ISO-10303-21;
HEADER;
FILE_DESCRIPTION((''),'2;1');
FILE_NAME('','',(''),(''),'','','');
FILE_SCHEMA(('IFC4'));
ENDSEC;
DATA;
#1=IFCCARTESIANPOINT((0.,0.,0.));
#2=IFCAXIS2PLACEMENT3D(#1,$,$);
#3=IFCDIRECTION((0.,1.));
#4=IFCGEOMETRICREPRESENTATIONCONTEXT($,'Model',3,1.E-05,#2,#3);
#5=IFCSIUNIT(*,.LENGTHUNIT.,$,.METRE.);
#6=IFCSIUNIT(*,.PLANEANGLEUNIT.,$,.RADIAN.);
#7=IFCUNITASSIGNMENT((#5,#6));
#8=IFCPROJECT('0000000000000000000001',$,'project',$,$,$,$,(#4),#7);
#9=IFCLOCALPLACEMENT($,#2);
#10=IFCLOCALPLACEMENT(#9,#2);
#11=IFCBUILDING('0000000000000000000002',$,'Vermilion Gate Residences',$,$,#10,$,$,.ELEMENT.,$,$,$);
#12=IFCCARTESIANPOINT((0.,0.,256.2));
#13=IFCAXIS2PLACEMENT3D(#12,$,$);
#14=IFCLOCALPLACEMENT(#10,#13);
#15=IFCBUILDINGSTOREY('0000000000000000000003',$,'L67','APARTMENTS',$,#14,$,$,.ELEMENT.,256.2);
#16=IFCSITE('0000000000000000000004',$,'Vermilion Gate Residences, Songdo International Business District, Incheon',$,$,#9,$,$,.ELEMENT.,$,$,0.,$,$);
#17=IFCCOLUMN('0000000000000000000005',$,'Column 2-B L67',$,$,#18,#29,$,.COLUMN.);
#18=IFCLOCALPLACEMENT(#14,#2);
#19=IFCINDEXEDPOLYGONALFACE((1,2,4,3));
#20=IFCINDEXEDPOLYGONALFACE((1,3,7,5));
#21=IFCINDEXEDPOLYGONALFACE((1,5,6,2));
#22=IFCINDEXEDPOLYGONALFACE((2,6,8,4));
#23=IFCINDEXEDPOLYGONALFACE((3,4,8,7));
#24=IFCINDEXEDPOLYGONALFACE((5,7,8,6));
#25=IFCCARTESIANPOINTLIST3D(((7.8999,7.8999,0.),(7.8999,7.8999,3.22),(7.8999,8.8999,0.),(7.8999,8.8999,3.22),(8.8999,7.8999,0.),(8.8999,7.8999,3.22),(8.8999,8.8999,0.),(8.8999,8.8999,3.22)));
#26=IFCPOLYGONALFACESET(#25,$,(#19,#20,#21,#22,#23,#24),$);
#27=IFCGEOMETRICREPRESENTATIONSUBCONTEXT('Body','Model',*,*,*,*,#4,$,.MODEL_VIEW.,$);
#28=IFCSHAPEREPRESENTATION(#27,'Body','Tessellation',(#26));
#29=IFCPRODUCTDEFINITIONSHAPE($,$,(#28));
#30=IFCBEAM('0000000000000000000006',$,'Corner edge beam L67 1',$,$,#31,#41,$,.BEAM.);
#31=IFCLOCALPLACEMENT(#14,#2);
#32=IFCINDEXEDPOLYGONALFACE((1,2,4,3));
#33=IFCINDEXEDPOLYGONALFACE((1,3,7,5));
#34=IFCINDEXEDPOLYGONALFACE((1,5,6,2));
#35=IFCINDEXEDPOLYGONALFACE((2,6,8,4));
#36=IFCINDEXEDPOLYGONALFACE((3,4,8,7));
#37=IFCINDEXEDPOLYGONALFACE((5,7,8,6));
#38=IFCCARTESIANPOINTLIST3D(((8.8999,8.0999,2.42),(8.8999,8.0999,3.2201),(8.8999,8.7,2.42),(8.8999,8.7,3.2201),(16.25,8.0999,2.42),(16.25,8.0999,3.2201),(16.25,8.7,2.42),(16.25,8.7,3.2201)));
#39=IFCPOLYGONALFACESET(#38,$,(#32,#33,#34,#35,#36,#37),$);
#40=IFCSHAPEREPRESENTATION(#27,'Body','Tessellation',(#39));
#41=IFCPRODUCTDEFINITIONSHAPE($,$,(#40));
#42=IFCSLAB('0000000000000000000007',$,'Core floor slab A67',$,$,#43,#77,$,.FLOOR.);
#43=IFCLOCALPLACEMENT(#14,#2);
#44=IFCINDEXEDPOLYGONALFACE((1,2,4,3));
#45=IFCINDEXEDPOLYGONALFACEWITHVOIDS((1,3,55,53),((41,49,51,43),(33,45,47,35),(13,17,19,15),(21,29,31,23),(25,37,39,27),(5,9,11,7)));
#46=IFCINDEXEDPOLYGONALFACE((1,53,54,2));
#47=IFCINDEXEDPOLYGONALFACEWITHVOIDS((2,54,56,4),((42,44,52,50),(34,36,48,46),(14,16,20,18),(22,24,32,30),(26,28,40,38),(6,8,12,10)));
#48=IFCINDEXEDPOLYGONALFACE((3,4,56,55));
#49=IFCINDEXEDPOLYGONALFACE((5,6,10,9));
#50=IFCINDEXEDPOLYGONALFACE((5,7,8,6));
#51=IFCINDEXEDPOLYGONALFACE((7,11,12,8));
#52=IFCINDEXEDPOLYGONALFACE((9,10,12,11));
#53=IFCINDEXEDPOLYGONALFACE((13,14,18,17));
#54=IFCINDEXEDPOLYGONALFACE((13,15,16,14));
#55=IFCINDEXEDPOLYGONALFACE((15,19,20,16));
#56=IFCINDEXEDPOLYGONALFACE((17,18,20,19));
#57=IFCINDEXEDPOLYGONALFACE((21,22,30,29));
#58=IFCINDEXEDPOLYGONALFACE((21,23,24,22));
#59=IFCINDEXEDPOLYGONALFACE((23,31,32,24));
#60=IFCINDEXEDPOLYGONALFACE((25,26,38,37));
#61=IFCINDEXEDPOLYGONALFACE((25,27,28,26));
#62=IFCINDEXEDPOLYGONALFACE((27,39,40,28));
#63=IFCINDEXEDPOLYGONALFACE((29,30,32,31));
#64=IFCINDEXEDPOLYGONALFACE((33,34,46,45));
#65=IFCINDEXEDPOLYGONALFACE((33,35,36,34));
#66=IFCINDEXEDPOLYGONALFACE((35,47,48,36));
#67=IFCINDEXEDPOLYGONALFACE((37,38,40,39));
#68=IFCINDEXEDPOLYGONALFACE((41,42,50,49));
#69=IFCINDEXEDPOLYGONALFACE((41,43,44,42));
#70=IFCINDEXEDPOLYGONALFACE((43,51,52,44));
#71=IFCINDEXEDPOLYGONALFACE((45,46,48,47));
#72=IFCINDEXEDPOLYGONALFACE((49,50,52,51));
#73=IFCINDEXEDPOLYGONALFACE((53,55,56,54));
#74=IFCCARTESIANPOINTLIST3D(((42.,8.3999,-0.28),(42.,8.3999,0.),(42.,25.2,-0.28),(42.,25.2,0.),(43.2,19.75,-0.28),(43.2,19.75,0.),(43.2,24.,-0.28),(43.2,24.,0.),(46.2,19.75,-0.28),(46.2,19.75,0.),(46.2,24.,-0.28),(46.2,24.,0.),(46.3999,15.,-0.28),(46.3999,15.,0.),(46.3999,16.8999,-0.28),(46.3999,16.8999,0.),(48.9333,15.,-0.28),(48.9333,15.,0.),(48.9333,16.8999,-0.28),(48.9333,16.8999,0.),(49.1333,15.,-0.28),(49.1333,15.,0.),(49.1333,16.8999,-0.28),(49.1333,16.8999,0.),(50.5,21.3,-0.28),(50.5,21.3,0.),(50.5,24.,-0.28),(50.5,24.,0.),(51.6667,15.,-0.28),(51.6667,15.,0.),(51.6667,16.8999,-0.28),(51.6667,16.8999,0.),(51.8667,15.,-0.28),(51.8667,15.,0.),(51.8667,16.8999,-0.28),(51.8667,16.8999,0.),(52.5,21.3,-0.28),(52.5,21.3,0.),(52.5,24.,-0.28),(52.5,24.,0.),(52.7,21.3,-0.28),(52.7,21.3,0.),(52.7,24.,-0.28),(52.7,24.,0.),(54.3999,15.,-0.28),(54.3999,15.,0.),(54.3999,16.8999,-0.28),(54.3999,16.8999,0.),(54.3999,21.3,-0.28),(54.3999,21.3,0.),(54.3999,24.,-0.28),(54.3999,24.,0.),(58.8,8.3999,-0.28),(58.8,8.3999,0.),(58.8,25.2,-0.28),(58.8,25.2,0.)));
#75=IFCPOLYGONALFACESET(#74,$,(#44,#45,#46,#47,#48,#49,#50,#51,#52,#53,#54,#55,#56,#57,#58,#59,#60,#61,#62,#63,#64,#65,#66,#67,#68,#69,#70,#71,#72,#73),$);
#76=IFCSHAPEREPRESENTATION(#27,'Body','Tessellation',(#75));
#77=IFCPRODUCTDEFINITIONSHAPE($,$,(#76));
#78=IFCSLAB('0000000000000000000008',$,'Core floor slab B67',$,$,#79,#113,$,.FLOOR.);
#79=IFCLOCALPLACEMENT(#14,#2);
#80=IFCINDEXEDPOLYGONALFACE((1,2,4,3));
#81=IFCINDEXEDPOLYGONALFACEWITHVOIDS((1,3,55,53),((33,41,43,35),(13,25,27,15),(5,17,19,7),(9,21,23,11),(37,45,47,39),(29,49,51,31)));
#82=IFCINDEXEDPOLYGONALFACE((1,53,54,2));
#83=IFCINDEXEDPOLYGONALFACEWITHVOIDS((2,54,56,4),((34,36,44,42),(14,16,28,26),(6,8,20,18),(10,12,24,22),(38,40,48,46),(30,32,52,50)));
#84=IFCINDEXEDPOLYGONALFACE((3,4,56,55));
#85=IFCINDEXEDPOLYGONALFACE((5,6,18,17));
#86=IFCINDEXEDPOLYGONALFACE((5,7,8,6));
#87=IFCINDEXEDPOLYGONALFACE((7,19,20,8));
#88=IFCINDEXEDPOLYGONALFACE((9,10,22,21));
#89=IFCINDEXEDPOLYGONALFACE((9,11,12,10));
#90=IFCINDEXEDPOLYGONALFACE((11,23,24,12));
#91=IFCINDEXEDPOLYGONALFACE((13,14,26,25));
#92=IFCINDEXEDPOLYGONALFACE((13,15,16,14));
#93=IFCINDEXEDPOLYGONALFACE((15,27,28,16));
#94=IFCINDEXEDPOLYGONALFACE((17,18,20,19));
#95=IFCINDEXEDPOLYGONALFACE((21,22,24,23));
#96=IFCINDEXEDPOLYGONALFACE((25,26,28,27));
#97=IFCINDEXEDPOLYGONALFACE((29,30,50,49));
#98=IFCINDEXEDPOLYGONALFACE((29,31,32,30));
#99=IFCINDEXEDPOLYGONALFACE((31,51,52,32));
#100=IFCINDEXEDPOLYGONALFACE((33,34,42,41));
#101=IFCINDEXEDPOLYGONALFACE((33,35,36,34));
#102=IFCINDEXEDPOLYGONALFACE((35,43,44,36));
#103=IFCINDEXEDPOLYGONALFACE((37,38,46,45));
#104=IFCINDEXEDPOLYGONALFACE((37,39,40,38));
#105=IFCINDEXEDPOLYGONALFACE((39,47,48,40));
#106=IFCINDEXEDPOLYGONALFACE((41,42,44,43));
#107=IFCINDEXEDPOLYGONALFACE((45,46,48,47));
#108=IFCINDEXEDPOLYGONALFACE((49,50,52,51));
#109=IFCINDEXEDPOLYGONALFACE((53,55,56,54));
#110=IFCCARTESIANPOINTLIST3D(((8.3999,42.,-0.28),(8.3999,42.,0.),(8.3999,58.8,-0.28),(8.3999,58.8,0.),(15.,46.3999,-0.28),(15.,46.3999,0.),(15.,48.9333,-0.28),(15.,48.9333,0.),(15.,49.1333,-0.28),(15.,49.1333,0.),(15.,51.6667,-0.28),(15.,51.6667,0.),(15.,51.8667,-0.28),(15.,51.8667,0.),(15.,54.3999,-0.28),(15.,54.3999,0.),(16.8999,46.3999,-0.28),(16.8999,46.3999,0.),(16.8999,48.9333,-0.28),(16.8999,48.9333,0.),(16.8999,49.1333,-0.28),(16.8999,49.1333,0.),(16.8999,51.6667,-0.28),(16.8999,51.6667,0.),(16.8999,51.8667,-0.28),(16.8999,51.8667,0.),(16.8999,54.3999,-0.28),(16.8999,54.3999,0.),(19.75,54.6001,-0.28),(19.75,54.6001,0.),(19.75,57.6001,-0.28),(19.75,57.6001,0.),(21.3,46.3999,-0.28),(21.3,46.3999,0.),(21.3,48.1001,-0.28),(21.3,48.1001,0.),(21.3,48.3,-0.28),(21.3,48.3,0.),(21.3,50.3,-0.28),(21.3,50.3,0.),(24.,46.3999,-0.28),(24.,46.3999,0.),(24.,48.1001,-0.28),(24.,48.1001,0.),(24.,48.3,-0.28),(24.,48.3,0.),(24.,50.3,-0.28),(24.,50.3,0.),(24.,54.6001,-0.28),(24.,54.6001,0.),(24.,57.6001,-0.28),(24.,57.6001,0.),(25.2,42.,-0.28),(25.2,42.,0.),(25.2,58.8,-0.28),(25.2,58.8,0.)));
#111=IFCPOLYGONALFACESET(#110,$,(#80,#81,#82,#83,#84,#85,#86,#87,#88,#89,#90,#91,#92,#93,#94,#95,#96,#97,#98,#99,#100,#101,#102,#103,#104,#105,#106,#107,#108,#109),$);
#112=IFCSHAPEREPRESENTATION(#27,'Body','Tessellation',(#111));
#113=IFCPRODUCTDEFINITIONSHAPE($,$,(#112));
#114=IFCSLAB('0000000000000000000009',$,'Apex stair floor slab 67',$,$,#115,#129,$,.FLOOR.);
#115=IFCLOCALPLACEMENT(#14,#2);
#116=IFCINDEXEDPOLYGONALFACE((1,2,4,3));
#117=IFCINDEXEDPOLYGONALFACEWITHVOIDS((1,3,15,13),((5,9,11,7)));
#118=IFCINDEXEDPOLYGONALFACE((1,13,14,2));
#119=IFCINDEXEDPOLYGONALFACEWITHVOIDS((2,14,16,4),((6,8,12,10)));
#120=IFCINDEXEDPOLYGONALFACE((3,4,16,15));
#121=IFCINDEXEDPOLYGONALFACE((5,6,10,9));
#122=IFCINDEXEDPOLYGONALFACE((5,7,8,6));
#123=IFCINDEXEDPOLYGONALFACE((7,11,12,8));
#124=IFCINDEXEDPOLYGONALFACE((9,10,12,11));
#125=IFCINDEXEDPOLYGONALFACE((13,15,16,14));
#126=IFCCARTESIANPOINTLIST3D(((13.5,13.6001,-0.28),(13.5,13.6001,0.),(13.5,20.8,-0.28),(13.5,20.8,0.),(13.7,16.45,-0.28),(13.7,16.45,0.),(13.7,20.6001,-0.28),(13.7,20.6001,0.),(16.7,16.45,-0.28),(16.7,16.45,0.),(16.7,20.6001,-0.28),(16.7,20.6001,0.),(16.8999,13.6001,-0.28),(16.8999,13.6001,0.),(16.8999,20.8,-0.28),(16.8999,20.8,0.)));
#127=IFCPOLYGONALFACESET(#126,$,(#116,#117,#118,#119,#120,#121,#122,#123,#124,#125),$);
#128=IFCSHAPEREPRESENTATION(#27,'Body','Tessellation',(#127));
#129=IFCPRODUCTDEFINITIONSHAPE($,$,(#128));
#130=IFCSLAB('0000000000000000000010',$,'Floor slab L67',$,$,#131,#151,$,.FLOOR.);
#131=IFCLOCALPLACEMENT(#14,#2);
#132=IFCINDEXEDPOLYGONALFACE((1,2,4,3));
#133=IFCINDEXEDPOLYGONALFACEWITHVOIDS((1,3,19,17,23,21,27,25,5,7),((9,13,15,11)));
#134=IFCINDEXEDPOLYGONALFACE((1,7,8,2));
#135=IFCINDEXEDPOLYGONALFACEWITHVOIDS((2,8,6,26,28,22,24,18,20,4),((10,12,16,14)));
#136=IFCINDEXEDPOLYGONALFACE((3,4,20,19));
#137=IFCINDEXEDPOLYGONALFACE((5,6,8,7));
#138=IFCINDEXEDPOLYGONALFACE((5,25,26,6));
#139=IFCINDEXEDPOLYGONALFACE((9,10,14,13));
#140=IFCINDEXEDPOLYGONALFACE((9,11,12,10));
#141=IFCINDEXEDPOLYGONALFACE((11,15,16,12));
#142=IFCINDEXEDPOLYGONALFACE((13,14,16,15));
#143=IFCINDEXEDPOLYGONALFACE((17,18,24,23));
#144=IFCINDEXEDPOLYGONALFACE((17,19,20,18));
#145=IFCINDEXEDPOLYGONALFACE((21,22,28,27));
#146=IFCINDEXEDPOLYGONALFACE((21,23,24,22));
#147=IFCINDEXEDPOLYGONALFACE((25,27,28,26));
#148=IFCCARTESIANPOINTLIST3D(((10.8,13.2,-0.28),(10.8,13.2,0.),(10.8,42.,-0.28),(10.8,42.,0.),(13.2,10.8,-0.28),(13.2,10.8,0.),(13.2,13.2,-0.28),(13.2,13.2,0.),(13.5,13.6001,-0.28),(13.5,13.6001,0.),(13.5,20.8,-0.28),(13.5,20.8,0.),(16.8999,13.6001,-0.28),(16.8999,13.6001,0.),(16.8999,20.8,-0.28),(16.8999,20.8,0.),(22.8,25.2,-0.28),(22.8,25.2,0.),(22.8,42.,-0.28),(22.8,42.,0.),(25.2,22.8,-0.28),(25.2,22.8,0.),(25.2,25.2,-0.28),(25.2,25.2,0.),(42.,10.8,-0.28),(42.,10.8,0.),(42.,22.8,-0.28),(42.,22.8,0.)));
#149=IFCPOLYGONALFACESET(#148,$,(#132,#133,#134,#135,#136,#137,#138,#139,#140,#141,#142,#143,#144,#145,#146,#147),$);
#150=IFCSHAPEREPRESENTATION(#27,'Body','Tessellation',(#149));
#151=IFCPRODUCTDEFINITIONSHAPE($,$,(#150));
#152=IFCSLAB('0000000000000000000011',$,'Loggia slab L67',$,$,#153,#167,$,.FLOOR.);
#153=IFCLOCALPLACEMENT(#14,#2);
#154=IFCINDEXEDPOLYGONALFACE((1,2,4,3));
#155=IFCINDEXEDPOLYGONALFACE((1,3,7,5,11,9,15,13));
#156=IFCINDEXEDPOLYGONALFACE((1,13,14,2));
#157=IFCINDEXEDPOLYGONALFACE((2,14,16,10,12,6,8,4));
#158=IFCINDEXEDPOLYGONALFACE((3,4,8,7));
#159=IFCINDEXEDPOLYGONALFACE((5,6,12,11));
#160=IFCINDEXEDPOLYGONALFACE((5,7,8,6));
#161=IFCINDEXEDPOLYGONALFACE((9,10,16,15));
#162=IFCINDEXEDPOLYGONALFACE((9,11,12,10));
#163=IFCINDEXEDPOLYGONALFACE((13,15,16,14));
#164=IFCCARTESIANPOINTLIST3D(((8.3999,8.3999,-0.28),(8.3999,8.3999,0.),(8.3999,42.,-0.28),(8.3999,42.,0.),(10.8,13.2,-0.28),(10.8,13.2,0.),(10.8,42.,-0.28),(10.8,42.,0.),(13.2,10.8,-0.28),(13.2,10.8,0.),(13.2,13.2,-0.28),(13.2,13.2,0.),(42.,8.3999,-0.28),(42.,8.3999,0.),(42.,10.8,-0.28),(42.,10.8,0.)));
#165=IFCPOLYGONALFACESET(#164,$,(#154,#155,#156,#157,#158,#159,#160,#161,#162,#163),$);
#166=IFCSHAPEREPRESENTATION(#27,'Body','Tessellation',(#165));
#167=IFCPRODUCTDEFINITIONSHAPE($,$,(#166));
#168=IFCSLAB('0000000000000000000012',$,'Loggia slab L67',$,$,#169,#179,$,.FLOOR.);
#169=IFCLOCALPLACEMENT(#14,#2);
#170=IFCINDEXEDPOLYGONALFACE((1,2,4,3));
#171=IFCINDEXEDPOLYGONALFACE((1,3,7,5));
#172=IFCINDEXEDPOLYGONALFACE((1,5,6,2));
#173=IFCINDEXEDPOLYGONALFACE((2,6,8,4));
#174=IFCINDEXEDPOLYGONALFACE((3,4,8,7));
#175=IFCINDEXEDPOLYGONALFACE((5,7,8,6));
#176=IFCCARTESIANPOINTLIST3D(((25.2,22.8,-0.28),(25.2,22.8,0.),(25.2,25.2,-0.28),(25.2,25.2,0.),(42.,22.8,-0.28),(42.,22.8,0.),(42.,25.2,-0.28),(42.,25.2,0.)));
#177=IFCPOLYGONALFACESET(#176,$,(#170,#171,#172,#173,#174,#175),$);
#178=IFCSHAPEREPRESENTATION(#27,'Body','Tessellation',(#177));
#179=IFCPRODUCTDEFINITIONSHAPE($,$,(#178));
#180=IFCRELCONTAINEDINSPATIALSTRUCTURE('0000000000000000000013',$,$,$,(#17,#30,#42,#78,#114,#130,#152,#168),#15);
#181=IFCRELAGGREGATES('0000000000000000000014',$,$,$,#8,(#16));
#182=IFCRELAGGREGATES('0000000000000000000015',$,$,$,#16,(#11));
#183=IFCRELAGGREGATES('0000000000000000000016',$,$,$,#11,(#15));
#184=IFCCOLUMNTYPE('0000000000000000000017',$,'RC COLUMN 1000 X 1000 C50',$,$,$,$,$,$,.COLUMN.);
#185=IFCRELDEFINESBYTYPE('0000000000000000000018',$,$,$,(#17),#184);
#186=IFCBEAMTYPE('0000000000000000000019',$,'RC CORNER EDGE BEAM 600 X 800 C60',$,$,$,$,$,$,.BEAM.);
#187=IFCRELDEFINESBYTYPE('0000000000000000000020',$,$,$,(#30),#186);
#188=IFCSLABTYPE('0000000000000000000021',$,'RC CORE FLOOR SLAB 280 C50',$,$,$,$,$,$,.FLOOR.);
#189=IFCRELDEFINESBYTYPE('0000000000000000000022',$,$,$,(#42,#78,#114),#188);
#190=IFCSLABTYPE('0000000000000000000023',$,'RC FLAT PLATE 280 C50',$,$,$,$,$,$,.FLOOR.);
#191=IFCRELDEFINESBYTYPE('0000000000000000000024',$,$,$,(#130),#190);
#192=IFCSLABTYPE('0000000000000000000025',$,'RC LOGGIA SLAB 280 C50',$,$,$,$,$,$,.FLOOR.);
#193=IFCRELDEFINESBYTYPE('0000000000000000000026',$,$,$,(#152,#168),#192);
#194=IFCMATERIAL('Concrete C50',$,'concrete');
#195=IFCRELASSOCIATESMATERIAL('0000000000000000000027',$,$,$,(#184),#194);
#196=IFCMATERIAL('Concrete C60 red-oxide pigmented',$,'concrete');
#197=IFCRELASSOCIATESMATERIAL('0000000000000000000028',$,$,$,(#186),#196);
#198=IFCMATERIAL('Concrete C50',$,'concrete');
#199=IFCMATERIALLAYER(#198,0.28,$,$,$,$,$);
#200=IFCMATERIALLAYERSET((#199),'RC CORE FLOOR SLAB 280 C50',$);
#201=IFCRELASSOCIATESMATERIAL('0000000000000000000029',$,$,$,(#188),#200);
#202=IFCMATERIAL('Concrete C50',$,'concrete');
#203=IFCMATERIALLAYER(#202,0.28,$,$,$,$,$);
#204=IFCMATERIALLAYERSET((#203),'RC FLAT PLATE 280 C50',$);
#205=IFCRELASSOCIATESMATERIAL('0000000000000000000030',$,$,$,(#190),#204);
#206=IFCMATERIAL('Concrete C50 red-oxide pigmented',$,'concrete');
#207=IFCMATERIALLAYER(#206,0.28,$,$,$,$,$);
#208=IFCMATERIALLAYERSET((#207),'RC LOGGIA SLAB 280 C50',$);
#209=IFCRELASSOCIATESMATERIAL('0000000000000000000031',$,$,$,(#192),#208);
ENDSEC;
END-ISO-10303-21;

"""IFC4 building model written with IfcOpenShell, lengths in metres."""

from ifc_helpers import new_model, si_unit, direction, frame, origin, origin_2d, place, context, subcontext, project, spatial, polyline, rectangle, outline, extrude, material, layer, layer_set, material_profile, profile_set, type_object, element, save


model = new_model("IFC4")

# Units and contexts
model_context = context("Model", 3, precision=1e-05, world=origin(), true_north=direction((0.0, 1.0)))
body_context = subcontext(model_context, "Body", "Model", "MODEL_VIEW")
ifc_project = project(units=[si_unit("LENGTHUNIT", "METRE"), si_unit("PLANEANGLEUNIT", "RADIAN")], contexts=[model_context])

# Site, building, storey
site_placement = place(None, origin())
site = spatial("IfcSite", under=ifc_project, at=site_placement, Name="Vermilion Gate Residences, Songdo International Business District, Incheon", CompositionType="ELEMENT", RefElevation=0.0)
building_placement = place(site_placement, origin())
building = spatial("IfcBuilding", under=site, at=building_placement, Name="Vermilion Gate Residences", CompositionType="ELEMENT")
storey_placement = place(building_placement, frame((0.0, 0.0, 256.2)))
storey = spatial("IfcBuildingStorey", under=building, at=storey_placement, Name="L67", Description="APARTMENTS", CompositionType="ELEMENT", Elevation=256.2)

# Column
ifc_material_1 = material(Name="Concrete C50", Category="concrete")
ifc_material_profile_1 = material_profile(ifc_material_1, rectangle(XDim=1.0, YDim=1.0, at=origin_2d()), Name="RC-1000x1000")
ifc_profile_set_1 = profile_set([ifc_material_profile_1], Name="Concrete C50")
column_type = type_object("IfcColumnType", Name="RC COLUMN 1000 X 1000 C50", PredefinedType="COLUMN", material=ifc_profile_set_1)
column_placement = place(storey_placement, frame((8.3999, 8.3999, 0.0), z_axis=(0.0, 0.0, 1.0), x_axis=(1.0, 0.0, 0.0)))
element("IfcColumn", 1, at=column_placement, inside=storey, type_object=column_type, Name="Column 2-B L67", PredefinedType="COLUMN", context=body_context, shape_type="SweptSolid", body=[
    extrude(rectangle(XDim=1.0, YDim=1.0, at=origin_2d()), origin(), (0.0, 0.0, 1.0), 3.22),
])

# Beam
ifc_material_2 = material(Name="Concrete C60 red-oxide pigmented", Category="concrete")
ifc_material_profile_2 = material_profile(ifc_material_2, rectangle(XDim=0.6001, YDim=0.8, at=origin_2d()), Name="RC-600x800")
ifc_profile_set_2 = profile_set([ifc_material_profile_2], Name="Concrete C60 red-oxide pigmented")
beam_type = type_object("IfcBeamType", Name="RC CORNER EDGE BEAM 600 X 800 C60", PredefinedType="BEAM", material=ifc_profile_set_2)
beam_placement = place(storey_placement, frame((8.8999, 8.3999, 2.8201), z_axis=(1.0, 0.0, 0.0), x_axis=(0.0, 1.0, 0.0)))
element("IfcBeam", 2, at=beam_placement, inside=storey, type_object=beam_type, Name="Corner edge beam L67 1", PredefinedType="BEAM", context=body_context, shape_type="SweptSolid", body=[
    extrude(rectangle(XDim=0.6001, YDim=0.8, at=origin_2d()), origin(), (0.0, 0.0, 1.0), 7.3501),
])

# Slabs
ifc_material_3 = material(Name="Concrete C50", Category="concrete")
ifc_layer_1 = layer(ifc_material_3, 0.28)
ifc_layer_set_1 = layer_set([ifc_layer_1], Name="RC CORE FLOOR SLAB 280 C50")
slab_type_1 = type_object("IfcSlabType", Name="RC CORE FLOOR SLAB 280 C50", PredefinedType="FLOOR", material=ifc_layer_set_1)
slab_1_placement = place(storey_placement, frame((0.0, 0.0, -0.28)))
element("IfcSlab", 3, at=slab_1_placement, inside=storey, type_object=slab_type_1, Name="Core floor slab A67", PredefinedType="FLOOR", context=body_context, shape_type="SweptSolid", body=[
    extrude(outline(polyline([(42.0, 8.3999), (58.8, 8.3999), (58.8, 25.2), (42.0, 25.2), (42.0, 8.3999)]), holes=[polyline([(46.3999, 15.0), (46.3999, 16.8999), (48.9333, 16.8999), (48.9333, 15.0), (46.3999, 15.0)]), polyline([(49.1333, 16.8999), (51.6667, 16.8999), (51.6667, 15.0), (49.1333, 15.0), (49.1333, 16.8999)]), polyline([(51.8667, 16.8999), (54.3999, 16.8999), (54.3999, 15.0), (51.8667, 15.0), (51.8667, 16.8999)]), polyline([(43.2, 19.75), (43.2, 24.0), (46.2, 24.0), (46.2, 19.75), (43.2, 19.75)]), polyline([(50.5, 24.0), (52.5, 24.0), (52.5, 21.3), (50.5, 21.3), (50.5, 24.0)]), polyline([(52.7, 24.0), (54.3999, 24.0), (54.3999, 21.3), (52.7, 21.3), (52.7, 24.0)])]), origin(), (0.0, 0.0, 1.0), 0.28),
])
slab_2_placement = place(storey_placement, frame((0.0, 0.0, -0.28)))
element("IfcSlab", 4, at=slab_2_placement, inside=storey, type_object=slab_type_1, Name="Core floor slab B67", PredefinedType="FLOOR", context=body_context, shape_type="SweptSolid", body=[
    extrude(outline(polyline([(8.3999, 42.0), (25.2, 42.0), (25.2, 58.8), (8.3999, 58.8), (8.3999, 42.0)]), holes=[polyline([(21.3, 46.3999), (21.3, 48.1001), (24.0, 48.1001), (24.0, 46.3999), (21.3, 46.3999)]), polyline([(15.0, 48.9333), (16.8999, 48.9333), (16.8999, 46.3999), (15.0, 46.3999), (15.0, 48.9333)]), polyline([(21.3, 50.3), (24.0, 50.3), (24.0, 48.3), (21.3, 48.3), (21.3, 50.3)]), polyline([(15.0, 49.1333), (15.0, 51.6667), (16.8999, 51.6667), (16.8999, 49.1333), (15.0, 49.1333)]), polyline([(15.0, 54.3999), (16.8999, 54.3999), (16.8999, 51.8667), (15.0, 51.8667), (15.0, 54.3999)]), polyline([(19.75, 57.6001), (24.0, 57.6001), (24.0, 54.6001), (19.75, 54.6001), (19.75, 57.6001)])]), origin(), (0.0, 0.0, 1.0), 0.28),
])
slab_3_placement = place(storey_placement, frame((0.0, 0.0, -0.28)))
element("IfcSlab", 5, at=slab_3_placement, inside=storey, type_object=slab_type_1, Name="Apex stair floor slab 67", PredefinedType="FLOOR", context=body_context, shape_type="SweptSolid", body=[
    extrude(outline(polyline([(13.5, 13.6001), (16.8999, 13.6001), (16.8999, 20.8), (13.5, 20.8), (13.5, 13.6001)]), holes=[polyline([(16.7, 20.6001), (16.7, 16.45), (13.7, 16.45), (13.7, 20.6001), (16.7, 20.6001)])]), origin(), (0.0, 0.0, 1.0), 0.28),
])
ifc_material_4 = material(Name="Concrete C50", Category="concrete")
ifc_layer_2 = layer(ifc_material_4, 0.28)
ifc_layer_set_2 = layer_set([ifc_layer_2], Name="RC FLAT PLATE 280 C50")
slab_type_2 = type_object("IfcSlabType", Name="RC FLAT PLATE 280 C50", PredefinedType="FLOOR", material=ifc_layer_set_2)
slab_4_placement = place(storey_placement, frame((0.0, 0.0, -0.28)))
element("IfcSlab", 6, at=slab_4_placement, inside=storey, type_object=slab_type_2, Name="Floor slab L67", PredefinedType="FLOOR", context=body_context, shape_type="SweptSolid", body=[
    extrude(outline(polyline([(22.8, 25.2), (22.8, 42.0), (10.8, 42.0), (10.8, 13.2), (13.2, 13.2), (13.2, 10.8), (42.0, 10.8), (42.0, 22.8), (25.2, 22.8), (25.2, 25.2), (22.8, 25.2)]), holes=[polyline([(13.5, 13.6001), (13.5, 20.8), (16.8999, 20.8), (16.8999, 13.6001), (13.5, 13.6001)])]), origin(), (0.0, 0.0, 1.0), 0.28),
])
ifc_material_5 = material(Name="Concrete C50 red-oxide pigmented", Category="concrete")
ifc_layer_3 = layer(ifc_material_5, 0.28)
ifc_layer_set_3 = layer_set([ifc_layer_3], Name="RC LOGGIA SLAB 280 C50")
slab_type_3 = type_object("IfcSlabType", Name="RC LOGGIA SLAB 280 C50", PredefinedType="FLOOR", material=ifc_layer_set_3)
slab_5_placement = place(storey_placement, frame((0.0, 0.0, -0.28)))
element("IfcSlab", 7, at=slab_5_placement, inside=storey, type_object=slab_type_3, Name="Loggia slab L67", PredefinedType="FLOOR", context=body_context, shape_type="SweptSolid", body=[
    extrude(outline(polyline([(8.3999, 8.3999), (42.0, 8.3999), (42.0, 10.8), (13.2, 10.8), (13.2, 13.2), (10.8, 13.2), (10.8, 42.0), (8.3999, 42.0), (8.3999, 8.3999)])), origin(), (0.0, 0.0, 1.0), 0.28),
])
slab_6_placement = place(storey_placement, frame((0.0, 0.0, -0.28)))
element("IfcSlab", 8, at=slab_6_placement, inside=storey, type_object=slab_type_3, Name="Loggia slab L67", PredefinedType="FLOOR", context=body_context, shape_type="SweptSolid", body=[
    extrude(outline(polyline([(25.2, 22.8), (42.0, 22.8), (42.0, 25.2), (25.2, 25.2), (25.2, 22.8)])), origin(), (0.0, 0.0, 1.0), 0.28),
])

save(model, "model.ifc")
